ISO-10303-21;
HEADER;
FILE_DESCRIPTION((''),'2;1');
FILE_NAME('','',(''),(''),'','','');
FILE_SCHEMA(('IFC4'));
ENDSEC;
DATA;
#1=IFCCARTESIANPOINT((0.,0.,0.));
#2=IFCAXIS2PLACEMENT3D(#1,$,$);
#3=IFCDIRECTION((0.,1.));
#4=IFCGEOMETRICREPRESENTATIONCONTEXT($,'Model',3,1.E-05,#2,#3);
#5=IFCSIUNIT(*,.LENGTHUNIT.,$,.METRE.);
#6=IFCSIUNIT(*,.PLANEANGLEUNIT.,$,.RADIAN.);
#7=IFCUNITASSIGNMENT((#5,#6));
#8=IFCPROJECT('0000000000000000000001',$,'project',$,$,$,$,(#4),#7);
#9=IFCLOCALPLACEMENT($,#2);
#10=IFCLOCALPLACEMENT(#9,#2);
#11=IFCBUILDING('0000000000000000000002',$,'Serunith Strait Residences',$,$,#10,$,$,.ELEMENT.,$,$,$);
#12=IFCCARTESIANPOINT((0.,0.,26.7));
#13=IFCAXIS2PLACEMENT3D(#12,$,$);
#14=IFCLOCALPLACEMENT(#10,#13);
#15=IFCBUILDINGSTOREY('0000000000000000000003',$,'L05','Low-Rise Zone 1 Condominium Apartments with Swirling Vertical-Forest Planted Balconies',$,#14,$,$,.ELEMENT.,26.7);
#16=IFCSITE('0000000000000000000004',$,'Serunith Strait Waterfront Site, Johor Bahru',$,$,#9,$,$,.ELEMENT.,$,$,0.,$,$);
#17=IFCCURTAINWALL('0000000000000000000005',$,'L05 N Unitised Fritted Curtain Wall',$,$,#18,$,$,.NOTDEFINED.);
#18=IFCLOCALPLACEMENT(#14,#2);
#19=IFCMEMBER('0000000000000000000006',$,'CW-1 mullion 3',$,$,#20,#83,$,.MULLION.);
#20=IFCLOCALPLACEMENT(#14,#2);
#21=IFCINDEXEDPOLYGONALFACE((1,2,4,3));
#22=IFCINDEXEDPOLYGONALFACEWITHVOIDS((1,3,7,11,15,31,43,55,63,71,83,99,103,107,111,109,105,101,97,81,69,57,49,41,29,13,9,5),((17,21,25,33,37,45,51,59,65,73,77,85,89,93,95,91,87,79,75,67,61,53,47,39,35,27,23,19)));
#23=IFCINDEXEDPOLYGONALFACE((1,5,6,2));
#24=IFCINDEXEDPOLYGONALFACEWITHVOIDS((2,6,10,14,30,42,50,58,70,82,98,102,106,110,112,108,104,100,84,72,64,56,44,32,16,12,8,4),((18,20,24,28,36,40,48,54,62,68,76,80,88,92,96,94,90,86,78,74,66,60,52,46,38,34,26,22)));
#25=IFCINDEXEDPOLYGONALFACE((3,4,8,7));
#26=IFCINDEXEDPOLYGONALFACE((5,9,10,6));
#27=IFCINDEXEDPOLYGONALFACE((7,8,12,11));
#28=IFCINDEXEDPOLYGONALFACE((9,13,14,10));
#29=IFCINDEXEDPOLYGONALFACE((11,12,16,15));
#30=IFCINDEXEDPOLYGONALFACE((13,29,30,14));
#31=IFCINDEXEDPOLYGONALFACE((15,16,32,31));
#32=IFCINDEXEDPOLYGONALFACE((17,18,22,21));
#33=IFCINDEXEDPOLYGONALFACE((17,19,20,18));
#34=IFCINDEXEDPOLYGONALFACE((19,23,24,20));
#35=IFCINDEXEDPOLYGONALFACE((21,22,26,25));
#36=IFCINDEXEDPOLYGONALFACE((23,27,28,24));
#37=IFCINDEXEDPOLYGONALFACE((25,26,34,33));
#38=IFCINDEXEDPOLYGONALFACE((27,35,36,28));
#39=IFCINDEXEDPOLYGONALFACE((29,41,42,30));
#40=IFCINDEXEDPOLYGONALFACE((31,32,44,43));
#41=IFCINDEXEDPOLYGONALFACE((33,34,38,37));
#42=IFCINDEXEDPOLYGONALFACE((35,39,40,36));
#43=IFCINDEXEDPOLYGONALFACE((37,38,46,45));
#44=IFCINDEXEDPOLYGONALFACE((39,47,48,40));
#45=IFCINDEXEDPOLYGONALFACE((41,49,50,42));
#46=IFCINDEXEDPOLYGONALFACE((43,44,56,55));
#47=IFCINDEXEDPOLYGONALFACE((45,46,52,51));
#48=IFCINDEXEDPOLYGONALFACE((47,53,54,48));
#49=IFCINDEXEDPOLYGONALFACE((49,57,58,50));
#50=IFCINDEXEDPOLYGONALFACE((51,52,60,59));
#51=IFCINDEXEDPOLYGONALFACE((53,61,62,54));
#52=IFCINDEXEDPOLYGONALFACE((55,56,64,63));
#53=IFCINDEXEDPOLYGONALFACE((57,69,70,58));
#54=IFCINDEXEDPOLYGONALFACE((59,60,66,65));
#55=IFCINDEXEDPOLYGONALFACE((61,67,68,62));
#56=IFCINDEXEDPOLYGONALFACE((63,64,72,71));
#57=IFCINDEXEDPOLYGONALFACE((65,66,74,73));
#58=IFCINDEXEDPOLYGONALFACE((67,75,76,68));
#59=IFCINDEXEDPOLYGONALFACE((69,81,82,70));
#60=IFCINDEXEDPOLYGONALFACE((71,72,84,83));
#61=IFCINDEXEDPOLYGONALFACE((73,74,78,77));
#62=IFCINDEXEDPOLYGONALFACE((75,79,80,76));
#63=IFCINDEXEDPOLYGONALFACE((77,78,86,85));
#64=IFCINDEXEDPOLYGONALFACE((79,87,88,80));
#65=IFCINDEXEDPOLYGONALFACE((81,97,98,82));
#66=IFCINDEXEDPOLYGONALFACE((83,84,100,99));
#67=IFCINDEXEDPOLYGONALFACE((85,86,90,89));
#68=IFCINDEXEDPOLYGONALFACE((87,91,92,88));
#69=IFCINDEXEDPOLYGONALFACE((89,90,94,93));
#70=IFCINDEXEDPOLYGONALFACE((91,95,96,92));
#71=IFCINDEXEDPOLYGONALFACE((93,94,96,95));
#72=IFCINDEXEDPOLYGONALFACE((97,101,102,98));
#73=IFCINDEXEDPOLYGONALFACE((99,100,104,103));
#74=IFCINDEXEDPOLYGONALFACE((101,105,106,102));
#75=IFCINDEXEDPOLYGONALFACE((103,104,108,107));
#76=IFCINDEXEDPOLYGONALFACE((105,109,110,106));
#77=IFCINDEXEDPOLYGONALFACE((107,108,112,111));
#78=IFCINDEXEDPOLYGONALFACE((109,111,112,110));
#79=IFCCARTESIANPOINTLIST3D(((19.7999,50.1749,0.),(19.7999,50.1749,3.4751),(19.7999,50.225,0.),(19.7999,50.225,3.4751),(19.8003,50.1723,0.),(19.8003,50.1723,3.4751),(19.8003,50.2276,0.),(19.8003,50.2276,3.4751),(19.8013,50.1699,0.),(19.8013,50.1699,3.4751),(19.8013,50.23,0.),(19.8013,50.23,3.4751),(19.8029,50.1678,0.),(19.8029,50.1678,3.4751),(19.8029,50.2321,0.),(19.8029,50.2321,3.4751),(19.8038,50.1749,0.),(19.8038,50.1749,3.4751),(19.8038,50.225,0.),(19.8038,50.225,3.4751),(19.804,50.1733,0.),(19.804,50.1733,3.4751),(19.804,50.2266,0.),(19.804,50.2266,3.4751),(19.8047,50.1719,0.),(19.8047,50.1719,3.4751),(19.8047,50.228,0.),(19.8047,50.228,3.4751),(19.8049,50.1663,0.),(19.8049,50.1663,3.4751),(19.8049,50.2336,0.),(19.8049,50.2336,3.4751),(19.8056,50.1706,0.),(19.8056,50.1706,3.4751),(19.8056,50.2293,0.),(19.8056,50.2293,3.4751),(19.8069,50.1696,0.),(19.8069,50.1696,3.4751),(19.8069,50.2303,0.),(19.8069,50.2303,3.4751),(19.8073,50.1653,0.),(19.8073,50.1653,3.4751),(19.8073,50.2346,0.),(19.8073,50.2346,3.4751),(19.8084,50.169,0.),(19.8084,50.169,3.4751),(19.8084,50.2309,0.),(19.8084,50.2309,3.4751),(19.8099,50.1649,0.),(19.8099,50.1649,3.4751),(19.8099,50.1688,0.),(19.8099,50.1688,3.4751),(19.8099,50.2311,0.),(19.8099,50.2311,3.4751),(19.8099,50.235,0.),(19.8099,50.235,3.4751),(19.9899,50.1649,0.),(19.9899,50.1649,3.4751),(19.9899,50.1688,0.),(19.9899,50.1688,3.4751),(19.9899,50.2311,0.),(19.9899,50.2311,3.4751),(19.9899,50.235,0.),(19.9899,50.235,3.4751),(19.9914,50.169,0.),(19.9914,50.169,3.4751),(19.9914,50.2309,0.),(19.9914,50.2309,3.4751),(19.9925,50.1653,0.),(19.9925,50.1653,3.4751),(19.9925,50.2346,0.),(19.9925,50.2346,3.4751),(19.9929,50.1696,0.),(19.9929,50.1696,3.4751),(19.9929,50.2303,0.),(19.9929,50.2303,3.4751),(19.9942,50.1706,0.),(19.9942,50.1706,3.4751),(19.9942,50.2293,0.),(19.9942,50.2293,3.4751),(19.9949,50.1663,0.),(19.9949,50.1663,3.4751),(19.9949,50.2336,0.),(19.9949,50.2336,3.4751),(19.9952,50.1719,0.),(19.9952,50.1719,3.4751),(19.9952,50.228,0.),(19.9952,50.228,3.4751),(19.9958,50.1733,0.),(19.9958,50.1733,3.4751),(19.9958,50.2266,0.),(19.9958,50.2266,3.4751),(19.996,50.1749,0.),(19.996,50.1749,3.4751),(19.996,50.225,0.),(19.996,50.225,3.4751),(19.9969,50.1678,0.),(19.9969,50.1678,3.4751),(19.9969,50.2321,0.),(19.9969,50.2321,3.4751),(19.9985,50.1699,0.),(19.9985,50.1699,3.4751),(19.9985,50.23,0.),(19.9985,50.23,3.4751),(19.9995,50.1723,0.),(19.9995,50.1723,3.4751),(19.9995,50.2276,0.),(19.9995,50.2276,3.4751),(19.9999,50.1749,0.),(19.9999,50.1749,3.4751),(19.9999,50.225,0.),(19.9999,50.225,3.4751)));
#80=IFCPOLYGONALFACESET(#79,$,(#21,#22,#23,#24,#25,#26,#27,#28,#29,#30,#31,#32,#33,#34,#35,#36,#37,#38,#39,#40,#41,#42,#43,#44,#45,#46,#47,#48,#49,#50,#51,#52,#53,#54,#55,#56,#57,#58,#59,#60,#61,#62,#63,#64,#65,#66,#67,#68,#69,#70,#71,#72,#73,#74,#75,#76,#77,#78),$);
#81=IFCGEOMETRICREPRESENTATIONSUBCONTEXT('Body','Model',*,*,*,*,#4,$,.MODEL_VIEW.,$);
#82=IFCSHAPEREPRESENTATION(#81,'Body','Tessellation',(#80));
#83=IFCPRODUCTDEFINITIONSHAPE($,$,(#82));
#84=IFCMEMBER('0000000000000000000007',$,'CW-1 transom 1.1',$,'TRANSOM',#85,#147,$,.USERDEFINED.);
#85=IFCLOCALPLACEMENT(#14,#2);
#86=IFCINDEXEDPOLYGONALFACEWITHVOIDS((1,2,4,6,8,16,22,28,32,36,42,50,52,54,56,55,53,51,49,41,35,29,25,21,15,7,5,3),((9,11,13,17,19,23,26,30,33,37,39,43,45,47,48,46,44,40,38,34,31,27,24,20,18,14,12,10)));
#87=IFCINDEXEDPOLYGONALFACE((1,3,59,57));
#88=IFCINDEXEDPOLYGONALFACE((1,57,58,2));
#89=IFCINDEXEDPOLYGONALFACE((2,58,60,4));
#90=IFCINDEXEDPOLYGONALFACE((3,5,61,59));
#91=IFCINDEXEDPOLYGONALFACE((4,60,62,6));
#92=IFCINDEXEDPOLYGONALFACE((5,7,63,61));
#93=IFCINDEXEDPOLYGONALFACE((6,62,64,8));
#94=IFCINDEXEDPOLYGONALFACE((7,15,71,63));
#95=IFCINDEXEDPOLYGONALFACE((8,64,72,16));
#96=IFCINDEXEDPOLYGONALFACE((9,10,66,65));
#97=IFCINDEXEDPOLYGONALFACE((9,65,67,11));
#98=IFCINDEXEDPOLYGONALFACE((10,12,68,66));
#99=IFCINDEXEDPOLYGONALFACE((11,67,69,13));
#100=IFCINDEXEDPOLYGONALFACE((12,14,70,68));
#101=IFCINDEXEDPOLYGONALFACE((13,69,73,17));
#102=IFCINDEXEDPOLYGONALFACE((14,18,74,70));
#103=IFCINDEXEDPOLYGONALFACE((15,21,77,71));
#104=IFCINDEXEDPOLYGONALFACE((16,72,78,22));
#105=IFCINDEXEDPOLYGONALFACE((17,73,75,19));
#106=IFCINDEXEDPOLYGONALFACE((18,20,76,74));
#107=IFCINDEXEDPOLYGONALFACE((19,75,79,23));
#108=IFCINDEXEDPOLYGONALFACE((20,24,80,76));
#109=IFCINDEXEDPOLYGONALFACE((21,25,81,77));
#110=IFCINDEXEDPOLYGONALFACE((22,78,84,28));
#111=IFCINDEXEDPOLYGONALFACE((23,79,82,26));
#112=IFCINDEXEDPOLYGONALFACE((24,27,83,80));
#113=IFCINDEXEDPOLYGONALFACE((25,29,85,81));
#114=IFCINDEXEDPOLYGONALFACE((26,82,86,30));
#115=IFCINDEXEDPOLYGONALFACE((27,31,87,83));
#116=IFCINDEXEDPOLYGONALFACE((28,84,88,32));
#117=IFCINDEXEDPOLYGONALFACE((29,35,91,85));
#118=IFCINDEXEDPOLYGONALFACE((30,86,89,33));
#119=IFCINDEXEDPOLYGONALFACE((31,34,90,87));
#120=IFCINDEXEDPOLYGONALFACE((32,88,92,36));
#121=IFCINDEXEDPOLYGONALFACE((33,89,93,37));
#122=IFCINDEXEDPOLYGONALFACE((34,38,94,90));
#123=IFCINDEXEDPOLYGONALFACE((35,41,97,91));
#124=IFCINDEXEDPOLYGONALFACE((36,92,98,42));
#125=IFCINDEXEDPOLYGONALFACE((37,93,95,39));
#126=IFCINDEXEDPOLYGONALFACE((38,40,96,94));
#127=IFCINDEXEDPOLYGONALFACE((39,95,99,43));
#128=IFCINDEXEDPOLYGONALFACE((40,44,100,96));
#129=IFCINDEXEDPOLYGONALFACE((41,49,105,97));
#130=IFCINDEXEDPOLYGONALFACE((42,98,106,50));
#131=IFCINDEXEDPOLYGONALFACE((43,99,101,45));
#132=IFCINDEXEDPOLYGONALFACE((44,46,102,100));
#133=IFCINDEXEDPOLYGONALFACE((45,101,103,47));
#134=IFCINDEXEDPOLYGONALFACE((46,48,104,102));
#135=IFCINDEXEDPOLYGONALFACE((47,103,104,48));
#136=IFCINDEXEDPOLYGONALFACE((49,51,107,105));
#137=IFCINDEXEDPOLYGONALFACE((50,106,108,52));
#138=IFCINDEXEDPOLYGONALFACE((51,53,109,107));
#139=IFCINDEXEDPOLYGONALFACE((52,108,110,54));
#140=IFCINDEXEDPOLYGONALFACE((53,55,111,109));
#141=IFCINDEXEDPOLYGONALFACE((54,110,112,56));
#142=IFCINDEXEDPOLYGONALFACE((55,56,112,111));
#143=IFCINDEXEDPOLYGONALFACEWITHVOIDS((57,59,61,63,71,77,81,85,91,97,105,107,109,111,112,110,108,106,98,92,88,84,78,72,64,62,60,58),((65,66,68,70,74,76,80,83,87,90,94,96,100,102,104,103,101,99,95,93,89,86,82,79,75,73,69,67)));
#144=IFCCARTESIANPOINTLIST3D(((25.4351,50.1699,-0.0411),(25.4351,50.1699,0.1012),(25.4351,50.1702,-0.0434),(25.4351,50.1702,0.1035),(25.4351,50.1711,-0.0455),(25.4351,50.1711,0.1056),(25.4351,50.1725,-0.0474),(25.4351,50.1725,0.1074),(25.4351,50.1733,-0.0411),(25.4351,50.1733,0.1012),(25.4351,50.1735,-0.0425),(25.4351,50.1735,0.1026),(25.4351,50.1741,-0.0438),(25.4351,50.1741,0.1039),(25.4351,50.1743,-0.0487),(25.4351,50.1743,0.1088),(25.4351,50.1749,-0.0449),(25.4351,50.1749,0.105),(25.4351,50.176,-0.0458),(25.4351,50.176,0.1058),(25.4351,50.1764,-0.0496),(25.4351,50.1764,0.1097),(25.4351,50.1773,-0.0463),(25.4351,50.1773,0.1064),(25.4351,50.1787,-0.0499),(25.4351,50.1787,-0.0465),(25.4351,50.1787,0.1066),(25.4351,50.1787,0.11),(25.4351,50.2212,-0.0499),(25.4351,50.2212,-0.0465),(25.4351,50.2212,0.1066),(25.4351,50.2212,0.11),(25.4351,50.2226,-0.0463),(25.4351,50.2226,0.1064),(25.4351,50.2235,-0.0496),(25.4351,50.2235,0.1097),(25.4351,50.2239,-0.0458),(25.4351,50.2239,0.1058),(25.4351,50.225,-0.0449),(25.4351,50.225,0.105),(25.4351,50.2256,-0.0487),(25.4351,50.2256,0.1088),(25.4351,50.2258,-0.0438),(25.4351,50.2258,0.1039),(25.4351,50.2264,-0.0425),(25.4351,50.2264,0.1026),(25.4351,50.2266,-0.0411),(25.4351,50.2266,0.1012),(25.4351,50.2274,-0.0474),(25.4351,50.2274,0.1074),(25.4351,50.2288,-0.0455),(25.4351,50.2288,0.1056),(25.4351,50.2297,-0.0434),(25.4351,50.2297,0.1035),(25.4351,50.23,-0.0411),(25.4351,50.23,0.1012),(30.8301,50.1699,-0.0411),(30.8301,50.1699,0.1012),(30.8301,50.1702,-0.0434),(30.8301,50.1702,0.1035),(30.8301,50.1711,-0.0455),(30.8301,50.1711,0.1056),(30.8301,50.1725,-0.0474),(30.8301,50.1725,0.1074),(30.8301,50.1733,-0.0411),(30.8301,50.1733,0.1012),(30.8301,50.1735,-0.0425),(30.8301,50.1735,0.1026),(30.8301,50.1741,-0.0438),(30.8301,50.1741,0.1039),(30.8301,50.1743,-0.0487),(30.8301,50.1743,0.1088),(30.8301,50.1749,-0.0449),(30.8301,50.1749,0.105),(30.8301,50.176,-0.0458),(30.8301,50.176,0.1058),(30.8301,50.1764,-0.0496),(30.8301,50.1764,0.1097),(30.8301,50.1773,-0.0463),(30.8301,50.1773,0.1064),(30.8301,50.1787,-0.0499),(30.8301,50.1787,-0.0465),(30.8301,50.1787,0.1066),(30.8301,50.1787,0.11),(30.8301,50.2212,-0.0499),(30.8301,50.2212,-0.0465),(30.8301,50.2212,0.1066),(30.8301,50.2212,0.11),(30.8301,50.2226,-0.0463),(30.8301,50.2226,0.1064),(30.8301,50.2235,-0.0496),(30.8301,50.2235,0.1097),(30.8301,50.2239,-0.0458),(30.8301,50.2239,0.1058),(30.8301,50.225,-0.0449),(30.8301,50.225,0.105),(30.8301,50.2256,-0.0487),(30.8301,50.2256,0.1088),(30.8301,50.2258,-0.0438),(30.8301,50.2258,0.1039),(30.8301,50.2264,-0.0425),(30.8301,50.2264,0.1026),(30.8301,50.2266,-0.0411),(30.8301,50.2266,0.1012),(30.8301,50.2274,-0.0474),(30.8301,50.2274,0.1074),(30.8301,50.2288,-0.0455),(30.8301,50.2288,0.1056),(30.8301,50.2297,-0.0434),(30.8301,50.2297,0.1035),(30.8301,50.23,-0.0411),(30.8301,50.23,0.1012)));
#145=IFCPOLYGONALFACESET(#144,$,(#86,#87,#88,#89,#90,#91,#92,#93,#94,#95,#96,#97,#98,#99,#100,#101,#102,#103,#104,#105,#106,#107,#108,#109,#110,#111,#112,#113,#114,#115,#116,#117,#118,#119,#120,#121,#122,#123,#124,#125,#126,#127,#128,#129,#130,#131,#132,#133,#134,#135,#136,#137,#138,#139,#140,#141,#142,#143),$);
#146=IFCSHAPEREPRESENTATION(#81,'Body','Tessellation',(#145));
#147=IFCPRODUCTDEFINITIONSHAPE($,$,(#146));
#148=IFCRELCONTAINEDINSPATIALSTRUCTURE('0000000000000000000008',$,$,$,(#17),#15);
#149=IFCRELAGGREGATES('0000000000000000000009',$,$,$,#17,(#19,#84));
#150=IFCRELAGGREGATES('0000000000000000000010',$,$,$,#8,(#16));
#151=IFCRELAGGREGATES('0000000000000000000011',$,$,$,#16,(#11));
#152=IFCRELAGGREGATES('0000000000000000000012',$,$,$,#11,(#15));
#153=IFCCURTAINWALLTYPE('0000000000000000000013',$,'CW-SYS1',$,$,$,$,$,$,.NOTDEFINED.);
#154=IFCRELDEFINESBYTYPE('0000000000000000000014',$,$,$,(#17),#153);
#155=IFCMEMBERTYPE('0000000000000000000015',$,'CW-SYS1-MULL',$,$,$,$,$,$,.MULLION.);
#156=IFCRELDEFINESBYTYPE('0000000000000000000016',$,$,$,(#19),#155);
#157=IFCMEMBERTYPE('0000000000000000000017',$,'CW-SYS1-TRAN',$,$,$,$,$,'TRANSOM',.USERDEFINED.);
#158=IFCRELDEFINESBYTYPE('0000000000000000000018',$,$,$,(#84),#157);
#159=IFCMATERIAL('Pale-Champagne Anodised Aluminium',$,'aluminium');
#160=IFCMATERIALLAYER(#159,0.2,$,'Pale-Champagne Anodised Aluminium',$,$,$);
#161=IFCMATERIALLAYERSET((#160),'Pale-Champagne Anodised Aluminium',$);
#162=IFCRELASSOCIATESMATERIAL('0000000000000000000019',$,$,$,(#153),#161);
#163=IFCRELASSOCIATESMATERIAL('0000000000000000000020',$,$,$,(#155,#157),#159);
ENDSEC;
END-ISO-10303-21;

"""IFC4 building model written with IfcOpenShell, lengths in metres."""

from ifc_helpers import new_model, si_unit, direction, frame, origin, origin_2d, place, context, subcontext, project, spatial, hollow_rectangle, extrude, source, transform, mapped, material, layer, layer_set, material_profile, profile_set, type_object, element, aggregate, save


model = new_model("IFC4")

# Units and contexts
model_context = context("Model", 3, precision=1e-05, world=origin(), true_north=direction((0.0, 1.0)))
body_context = subcontext(model_context, "Body", "Model", "MODEL_VIEW")
ifc_project = project(units=[si_unit("LENGTHUNIT", "METRE"), si_unit("PLANEANGLEUNIT", "RADIAN")], contexts=[model_context])

# Site, building, storey
site_placement = place(None, origin())
site = spatial("IfcSite", under=ifc_project, at=site_placement, Name="Serunith Strait Waterfront Site, Johor Bahru", CompositionType="ELEMENT", RefElevation=0.0)
building_placement = place(site_placement, origin())
building = spatial("IfcBuilding", under=site, at=building_placement, Name="Serunith Strait Residences", CompositionType="ELEMENT")
storey_placement = place(building_placement, frame((0.0, 0.0, 26.7)))
storey = spatial("IfcBuildingStorey", under=building, at=storey_placement, Name="L05", Description="Low-Rise Zone 1 Condominium Apartments with Swirling Vertical-Forest Planted Balconies", CompositionType="ELEMENT", Elevation=26.7)

# Curtain wall, members
ifc_material_1 = material(Name="Pale-Champagne Anodised Aluminium", Category="aluminium")
ifc_layer_1 = layer(ifc_material_1, 0.2, Name="Pale-Champagne Anodised Aluminium")
ifc_layer_set_1 = layer_set([ifc_layer_1], Name="Pale-Champagne Anodised Aluminium")
curtain_wall_type = type_object("IfcCurtainWallType", Name="CW-SYS1", PredefinedType="NOTDEFINED", material=ifc_layer_set_1)
curtain_wall_placement = place(storey_placement, origin())
curtain_wall = element("IfcCurtainWall", 1, at=curtain_wall_placement, inside=storey, type_object=curtain_wall_type, Name="L05 N Unitised Fritted Curtain Wall", PredefinedType="NOTDEFINED")
ifc_material_profile_1 = material_profile(ifc_material_1, hollow_rectangle(XDim=0.0701, YDim=0.2, WallThickness=0.0039, InnerFilletRadius=0.0061, OuterFilletRadius=0.01, at=origin_2d()), Name="ALU 200x70x4")
ifc_profile_set_1 = profile_set([ifc_material_profile_1], Name="Pale-Champagne Anodised Aluminium")
member_type_1 = type_object("IfcMemberType", Name="CW-SYS1-MULL", PredefinedType="MULLION", material=ifc_profile_set_1)
shared_shape_1 = source(origin(), body_context, "Body", "SweptSolid", [
    extrude(hollow_rectangle(XDim=0.0701, YDim=0.2, WallThickness=0.0039, InnerFilletRadius=0.0061, OuterFilletRadius=0.01, at=origin_2d()), origin(), (0.0, 0.0, 1.0), 3.4751),
])
member_1_placement = place(storey_placement, frame((19.8999, 50.2, 0.0), z_axis=(0.0, 0.0, 1.0), x_axis=(0.0, -1.0, 0.0)))
member_1 = element("IfcMember", 2, at=member_1_placement, type_object=member_type_1, Name="CW-1 mullion 3", PredefinedType="MULLION", context=body_context, shape_type="MappedRepresentation", body=[
    mapped(shared_shape_1, transform((0.0, 0.0, 0.0), scale=1.0)),
])
ifc_material_profile_2 = material_profile(ifc_material_1, hollow_rectangle(XDim=0.0601, YDim=0.1599, WallThickness=0.0034, InnerFilletRadius=0.0054, OuterFilletRadius=0.0088, at=origin_2d()), Name="ALU 160x60x3.5")
ifc_profile_set_2 = profile_set([ifc_material_profile_2], Name="Pale-Champagne Anodised Aluminium")
member_type_2 = type_object("IfcMemberType", Name="CW-SYS1-TRAN", ElementType="TRANSOM", PredefinedType="USERDEFINED", material=ifc_profile_set_2)
shared_shape_2 = source(origin(), body_context, "Body", "SweptSolid", [
    extrude(hollow_rectangle(XDim=0.0601, YDim=0.1599, WallThickness=0.0034, InnerFilletRadius=0.0054, OuterFilletRadius=0.0088, at=origin_2d()), origin(), (0.0, 0.0, 1.0), 5.395),
])
member_2_placement = place(storey_placement, frame((30.8301, 50.2, 0.03), z_axis=(-1.0, 0.0, 0.0), x_axis=(0.0, -1.0, 0.0)))
member_2 = element("IfcMember", 3, at=member_2_placement, type_object=member_type_2, Name="CW-1 transom 1.1", ObjectType="TRANSOM", PredefinedType="USERDEFINED", context=body_context, shape_type="MappedRepresentation", body=[
    mapped(shared_shape_2, transform((0.0, 0.0, 0.0), scale=1.0)),
])
aggregate(curtain_wall, [member_1, member_2])

save(model, "model.ifc")
